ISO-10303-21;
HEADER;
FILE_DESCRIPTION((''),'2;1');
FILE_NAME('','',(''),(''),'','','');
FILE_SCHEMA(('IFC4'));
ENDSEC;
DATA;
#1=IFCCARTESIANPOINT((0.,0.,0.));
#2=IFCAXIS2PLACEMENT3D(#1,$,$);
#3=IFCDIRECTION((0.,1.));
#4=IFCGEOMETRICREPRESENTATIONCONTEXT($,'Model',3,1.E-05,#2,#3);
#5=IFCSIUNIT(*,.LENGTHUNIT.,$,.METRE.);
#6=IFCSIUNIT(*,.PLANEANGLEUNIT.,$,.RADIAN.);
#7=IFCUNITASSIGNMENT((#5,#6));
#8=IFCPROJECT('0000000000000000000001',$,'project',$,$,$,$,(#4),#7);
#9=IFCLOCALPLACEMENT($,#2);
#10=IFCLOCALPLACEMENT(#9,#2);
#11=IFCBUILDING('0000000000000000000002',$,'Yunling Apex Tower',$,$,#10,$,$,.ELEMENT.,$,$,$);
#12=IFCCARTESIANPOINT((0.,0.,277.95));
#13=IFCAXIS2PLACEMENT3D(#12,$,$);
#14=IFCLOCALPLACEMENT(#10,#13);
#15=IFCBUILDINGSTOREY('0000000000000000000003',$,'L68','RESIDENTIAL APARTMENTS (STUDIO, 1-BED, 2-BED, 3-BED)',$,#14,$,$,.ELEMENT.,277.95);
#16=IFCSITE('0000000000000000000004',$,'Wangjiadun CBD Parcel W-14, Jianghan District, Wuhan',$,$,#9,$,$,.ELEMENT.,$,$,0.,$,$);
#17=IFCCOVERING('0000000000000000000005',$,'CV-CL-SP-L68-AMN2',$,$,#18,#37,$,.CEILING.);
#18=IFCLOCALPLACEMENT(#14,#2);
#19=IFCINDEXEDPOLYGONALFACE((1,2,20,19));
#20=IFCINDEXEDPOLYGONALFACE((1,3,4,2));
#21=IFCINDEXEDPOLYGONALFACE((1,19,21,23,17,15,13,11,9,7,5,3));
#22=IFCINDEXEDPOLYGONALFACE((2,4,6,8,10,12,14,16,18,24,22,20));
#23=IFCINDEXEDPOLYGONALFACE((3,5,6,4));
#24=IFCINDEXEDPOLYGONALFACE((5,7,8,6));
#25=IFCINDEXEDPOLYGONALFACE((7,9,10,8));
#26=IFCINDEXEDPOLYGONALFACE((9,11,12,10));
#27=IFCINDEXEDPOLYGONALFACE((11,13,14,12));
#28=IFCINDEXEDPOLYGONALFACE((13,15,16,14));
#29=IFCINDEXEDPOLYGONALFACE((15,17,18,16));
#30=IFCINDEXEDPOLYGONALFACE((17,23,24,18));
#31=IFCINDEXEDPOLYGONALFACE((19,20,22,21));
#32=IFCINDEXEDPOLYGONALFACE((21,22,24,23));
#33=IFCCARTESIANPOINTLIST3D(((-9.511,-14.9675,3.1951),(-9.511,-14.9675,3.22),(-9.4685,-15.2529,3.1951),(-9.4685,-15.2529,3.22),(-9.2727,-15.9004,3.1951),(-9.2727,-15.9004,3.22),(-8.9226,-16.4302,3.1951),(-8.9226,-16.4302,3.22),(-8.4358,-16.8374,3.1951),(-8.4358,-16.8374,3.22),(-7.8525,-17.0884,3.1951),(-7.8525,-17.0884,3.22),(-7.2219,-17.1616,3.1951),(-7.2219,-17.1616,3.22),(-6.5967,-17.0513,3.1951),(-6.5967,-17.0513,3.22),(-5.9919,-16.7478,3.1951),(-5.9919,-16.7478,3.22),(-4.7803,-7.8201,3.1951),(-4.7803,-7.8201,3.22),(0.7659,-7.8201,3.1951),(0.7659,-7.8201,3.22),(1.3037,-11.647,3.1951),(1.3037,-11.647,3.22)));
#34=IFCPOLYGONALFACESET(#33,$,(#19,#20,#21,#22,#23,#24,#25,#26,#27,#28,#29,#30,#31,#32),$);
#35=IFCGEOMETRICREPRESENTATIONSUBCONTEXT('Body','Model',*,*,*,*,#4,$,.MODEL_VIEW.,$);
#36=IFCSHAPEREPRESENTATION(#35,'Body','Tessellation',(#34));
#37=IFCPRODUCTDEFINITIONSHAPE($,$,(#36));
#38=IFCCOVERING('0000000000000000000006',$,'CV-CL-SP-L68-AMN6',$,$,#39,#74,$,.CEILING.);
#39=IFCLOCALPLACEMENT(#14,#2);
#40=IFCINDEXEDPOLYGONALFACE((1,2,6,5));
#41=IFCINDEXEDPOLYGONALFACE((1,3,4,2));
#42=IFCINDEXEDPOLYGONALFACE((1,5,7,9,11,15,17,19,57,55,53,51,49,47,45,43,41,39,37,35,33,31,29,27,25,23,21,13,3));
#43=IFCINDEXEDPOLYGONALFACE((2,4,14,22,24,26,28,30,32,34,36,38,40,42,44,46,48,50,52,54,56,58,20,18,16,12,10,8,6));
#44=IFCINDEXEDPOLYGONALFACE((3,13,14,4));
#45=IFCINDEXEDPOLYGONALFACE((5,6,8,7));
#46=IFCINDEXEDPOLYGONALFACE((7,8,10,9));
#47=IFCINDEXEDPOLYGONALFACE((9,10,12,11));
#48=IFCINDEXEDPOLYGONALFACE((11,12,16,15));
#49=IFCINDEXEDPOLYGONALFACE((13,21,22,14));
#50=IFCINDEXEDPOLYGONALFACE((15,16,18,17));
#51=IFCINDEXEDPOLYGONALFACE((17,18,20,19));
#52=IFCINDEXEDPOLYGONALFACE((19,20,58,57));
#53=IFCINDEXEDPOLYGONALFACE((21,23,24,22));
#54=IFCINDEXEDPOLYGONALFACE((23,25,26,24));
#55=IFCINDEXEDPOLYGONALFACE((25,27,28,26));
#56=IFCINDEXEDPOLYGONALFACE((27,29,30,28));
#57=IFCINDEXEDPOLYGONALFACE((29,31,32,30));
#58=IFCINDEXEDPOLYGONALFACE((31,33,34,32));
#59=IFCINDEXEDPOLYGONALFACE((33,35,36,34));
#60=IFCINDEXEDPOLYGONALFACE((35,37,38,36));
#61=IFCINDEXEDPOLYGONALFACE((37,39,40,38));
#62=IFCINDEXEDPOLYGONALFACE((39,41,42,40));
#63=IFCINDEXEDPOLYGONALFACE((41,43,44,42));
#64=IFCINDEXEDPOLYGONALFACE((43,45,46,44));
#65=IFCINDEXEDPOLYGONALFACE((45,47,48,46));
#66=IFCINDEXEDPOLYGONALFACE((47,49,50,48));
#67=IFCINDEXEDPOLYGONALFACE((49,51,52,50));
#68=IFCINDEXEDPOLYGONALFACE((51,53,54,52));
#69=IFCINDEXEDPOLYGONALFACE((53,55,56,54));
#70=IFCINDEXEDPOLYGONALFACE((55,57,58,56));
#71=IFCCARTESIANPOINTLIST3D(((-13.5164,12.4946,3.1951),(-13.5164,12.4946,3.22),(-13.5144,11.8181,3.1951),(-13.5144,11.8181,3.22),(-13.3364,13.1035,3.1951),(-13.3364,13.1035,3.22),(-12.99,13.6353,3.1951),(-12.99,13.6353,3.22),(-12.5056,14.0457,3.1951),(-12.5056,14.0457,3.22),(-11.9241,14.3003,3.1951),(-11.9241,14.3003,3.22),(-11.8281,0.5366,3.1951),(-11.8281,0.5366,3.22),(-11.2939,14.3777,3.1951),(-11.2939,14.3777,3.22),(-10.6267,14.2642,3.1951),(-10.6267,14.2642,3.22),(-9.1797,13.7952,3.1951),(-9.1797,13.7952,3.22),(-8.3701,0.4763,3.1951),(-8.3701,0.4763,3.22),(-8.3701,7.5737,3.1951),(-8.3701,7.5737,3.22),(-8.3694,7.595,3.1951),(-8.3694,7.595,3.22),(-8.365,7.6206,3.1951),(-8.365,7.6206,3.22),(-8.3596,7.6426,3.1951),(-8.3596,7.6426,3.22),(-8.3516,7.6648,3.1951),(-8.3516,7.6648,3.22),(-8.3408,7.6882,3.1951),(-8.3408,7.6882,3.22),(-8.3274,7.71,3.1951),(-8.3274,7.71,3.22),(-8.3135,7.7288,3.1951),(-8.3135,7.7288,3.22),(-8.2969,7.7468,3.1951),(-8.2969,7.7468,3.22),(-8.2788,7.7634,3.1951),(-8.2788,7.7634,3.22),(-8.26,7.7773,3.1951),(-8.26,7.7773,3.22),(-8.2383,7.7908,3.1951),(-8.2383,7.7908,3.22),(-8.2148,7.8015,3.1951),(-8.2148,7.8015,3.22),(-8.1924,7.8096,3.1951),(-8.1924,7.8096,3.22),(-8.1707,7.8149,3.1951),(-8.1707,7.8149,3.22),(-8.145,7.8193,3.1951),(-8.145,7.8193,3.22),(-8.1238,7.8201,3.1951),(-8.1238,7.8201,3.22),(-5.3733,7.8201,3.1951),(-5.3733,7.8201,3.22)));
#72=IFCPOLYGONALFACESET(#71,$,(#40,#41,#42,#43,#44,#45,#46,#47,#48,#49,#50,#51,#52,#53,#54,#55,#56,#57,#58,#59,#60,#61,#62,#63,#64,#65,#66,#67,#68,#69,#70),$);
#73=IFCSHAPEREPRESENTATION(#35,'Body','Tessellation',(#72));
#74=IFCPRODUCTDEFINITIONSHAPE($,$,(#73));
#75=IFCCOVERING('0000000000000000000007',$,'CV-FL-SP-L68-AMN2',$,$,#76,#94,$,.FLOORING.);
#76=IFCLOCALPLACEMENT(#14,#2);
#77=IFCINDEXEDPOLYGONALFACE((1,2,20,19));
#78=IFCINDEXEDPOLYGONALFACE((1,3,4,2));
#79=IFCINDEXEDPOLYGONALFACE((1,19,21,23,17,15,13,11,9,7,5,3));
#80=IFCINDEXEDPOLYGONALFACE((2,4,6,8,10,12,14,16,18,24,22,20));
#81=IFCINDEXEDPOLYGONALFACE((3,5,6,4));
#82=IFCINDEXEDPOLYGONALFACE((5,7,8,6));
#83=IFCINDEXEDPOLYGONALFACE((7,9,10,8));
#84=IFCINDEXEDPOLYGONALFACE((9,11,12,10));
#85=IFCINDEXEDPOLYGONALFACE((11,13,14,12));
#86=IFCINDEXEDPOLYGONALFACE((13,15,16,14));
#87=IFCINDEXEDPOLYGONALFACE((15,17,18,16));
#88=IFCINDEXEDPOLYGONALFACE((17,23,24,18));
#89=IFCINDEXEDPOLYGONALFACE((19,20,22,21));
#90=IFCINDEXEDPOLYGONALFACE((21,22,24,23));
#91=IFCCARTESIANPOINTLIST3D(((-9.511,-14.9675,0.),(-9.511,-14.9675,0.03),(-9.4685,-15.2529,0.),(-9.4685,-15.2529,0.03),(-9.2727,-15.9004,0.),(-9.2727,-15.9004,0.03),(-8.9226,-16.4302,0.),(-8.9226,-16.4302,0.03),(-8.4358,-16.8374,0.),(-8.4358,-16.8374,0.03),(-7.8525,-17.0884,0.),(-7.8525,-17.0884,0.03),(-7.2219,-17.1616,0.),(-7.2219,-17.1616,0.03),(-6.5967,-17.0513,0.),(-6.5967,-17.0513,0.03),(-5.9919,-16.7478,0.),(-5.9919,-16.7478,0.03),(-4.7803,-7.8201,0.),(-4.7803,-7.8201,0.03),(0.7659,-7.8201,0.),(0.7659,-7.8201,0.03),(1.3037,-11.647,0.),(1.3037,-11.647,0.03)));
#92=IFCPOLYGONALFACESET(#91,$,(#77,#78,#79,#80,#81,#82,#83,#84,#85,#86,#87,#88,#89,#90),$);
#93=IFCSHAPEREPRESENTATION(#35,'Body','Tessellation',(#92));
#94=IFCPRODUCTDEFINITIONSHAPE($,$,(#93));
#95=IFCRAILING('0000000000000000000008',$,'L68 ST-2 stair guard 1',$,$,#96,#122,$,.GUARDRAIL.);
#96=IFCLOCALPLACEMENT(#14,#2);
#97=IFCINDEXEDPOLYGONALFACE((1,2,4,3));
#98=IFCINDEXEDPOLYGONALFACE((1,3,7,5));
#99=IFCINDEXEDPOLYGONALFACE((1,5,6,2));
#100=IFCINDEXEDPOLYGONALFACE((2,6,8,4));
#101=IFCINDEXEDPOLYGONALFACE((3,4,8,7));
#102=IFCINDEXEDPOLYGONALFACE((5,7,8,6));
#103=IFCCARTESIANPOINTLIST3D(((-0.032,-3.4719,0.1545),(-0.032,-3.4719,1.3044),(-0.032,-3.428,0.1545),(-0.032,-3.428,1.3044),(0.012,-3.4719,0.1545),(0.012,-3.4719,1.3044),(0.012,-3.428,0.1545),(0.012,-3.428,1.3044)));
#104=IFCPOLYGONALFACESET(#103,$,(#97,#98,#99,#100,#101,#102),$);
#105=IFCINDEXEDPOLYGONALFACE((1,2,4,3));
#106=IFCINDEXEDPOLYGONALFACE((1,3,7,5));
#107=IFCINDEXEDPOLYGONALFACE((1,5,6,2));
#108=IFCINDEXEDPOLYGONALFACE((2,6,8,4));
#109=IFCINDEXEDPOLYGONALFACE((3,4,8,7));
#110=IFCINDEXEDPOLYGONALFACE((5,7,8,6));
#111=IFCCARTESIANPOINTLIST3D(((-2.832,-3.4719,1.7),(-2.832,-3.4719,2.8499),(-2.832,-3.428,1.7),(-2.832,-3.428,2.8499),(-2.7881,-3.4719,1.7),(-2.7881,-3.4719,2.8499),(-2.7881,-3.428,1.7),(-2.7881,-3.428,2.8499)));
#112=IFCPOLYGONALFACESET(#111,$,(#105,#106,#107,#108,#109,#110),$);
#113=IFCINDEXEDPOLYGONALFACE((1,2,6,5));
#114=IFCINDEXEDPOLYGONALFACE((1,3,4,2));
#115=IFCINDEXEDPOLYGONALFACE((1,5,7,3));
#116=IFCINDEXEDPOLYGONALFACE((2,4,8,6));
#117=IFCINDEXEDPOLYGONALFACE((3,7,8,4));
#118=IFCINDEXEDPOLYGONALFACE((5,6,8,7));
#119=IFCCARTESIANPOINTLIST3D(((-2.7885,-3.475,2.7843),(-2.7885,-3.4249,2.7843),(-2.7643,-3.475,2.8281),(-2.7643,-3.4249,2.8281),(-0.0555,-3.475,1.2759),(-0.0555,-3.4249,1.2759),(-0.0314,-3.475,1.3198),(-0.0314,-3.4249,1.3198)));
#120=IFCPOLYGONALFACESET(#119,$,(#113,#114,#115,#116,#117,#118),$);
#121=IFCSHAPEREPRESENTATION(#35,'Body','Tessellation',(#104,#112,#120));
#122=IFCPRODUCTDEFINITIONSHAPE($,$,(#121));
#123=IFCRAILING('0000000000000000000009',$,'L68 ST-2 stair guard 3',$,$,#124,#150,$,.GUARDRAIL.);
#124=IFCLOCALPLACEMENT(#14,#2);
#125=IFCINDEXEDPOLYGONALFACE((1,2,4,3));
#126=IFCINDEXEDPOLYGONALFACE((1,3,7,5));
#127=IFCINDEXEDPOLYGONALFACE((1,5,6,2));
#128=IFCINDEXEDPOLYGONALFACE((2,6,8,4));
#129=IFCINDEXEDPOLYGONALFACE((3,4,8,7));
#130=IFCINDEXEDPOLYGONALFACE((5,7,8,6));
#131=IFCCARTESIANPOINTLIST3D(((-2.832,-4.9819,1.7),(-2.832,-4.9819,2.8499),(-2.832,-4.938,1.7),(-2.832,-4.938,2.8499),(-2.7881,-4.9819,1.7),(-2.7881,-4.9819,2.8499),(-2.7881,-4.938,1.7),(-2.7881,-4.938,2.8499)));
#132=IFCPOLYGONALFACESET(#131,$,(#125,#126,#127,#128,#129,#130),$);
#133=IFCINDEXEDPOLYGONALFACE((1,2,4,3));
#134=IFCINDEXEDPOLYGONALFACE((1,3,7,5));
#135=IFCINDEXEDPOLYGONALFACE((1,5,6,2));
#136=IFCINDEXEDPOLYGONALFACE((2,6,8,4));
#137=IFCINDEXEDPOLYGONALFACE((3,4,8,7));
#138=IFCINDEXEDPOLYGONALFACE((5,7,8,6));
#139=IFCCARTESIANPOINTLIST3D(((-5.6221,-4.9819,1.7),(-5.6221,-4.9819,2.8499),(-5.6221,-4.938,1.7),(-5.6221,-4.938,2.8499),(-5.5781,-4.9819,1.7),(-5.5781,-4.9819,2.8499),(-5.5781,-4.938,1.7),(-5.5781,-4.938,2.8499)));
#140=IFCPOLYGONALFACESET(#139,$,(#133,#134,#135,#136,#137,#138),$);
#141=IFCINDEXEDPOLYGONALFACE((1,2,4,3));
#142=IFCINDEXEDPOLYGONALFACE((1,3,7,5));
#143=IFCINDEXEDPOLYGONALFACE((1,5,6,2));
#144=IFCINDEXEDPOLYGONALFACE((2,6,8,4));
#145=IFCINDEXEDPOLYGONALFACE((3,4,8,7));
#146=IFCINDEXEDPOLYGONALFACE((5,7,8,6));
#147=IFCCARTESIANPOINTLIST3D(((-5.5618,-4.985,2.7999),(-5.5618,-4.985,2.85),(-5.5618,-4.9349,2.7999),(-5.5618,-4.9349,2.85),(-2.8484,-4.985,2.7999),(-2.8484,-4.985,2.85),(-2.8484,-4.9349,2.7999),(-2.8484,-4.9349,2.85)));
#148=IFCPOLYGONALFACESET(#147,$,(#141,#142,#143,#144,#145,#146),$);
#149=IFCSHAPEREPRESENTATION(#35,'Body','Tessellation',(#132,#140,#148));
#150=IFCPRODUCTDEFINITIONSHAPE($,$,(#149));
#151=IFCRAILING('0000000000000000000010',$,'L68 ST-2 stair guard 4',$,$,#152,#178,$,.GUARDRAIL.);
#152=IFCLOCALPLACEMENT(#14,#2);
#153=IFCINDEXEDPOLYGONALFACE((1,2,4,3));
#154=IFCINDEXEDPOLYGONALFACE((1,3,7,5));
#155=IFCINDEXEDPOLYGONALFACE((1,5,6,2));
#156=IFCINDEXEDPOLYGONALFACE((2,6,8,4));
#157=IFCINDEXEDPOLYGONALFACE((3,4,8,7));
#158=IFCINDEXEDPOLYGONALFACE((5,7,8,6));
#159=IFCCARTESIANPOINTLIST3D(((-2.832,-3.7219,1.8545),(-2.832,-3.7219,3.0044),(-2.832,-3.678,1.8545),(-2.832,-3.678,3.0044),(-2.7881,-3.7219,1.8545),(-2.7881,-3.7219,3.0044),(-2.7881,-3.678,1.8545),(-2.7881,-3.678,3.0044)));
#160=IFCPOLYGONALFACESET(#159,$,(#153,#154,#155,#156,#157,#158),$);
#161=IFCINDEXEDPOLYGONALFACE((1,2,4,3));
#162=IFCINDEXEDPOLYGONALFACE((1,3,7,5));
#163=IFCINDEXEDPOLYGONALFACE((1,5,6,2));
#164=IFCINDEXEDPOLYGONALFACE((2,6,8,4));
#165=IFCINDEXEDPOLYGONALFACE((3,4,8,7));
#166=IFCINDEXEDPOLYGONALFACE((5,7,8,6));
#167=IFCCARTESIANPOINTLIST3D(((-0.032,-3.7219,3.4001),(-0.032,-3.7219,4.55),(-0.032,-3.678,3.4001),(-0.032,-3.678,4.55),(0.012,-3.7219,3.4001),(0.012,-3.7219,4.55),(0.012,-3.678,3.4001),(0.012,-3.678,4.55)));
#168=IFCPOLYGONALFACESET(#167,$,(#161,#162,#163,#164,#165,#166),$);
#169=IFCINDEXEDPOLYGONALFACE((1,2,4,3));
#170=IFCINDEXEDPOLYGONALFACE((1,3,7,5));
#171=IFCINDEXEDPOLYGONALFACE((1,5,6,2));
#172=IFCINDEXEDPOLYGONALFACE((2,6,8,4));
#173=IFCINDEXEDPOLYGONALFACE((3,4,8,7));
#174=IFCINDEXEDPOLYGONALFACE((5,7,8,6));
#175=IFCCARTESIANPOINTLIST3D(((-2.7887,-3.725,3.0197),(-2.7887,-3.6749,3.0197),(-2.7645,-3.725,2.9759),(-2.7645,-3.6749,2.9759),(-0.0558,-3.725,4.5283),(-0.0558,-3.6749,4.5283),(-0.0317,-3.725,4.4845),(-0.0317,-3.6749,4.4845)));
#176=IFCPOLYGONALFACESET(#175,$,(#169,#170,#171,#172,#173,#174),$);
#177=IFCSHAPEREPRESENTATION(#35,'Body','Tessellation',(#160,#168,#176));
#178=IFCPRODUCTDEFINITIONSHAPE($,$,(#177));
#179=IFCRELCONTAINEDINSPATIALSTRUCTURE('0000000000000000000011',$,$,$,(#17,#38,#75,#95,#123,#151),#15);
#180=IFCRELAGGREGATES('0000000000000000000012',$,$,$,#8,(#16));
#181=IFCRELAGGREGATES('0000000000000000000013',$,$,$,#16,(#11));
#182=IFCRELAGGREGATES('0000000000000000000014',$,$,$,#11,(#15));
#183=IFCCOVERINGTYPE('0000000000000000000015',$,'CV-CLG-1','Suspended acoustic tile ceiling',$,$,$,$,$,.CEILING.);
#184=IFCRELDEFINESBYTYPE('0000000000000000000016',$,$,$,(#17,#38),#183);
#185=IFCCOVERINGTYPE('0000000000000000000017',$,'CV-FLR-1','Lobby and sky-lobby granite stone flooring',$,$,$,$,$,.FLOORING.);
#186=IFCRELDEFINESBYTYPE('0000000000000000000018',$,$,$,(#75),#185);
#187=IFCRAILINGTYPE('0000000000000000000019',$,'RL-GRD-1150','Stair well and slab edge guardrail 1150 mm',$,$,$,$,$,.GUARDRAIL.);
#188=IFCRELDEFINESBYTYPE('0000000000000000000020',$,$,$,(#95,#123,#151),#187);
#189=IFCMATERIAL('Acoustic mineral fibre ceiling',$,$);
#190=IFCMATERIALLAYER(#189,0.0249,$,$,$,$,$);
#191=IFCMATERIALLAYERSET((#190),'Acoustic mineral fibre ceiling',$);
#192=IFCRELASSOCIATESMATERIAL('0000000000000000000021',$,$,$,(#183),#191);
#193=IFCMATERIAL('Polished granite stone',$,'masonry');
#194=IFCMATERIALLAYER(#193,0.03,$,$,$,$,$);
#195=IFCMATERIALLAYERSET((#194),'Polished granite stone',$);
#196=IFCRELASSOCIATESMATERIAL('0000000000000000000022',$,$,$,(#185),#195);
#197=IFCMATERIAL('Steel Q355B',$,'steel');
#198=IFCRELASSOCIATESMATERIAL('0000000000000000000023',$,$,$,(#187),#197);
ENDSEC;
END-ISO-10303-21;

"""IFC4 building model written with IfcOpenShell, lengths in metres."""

from ifc_helpers import new_model, si_unit, direction, frame, origin, origin_2d, place, context, subcontext, project, spatial, polyline, rectangle, outline, extrude, material, layer, layer_set, type_object, element, save


model = new_model("IFC4")

# Units and contexts
model_context = context("Model", 3, precision=1e-05, world=origin(), true_north=direction((0.0, 1.0)))
body_context = subcontext(model_context, "Body", "Model", "MODEL_VIEW")
ifc_project = project(units=[si_unit("LENGTHUNIT", "METRE"), si_unit("PLANEANGLEUNIT", "RADIAN")], contexts=[model_context])

# Site, building, storey
site_placement = place(None, origin())
site = spatial("IfcSite", under=ifc_project, at=site_placement, Name="Wangjiadun CBD Parcel W-14, Jianghan District, Wuhan", CompositionType="ELEMENT", RefElevation=0.0)
building_placement = place(site_placement, origin())
building = spatial("IfcBuilding", under=site, at=building_placement, Name="Yunling Apex Tower", CompositionType="ELEMENT")
storey_placement = place(building_placement, frame((0.0, 0.0, 277.95)))
storey = spatial("IfcBuildingStorey", under=building, at=storey_placement, Name="L68", Description="RESIDENTIAL APARTMENTS (STUDIO, 1-BED, 2-BED, 3-BED)", CompositionType="ELEMENT", Elevation=277.95)

# Shared definitions
ifc_material_1 = material(Name="Steel Q355B", Category="steel")

# Coverings
ifc_material_2 = material(Name="Acoustic mineral fibre ceiling")
ifc_layer_1 = layer(ifc_material_2, 0.0249)
ifc_layer_set_1 = layer_set([ifc_layer_1], Name="Acoustic mineral fibre ceiling")
covering_type_1 = type_object("IfcCoveringType", Name="CV-CLG-1", Description="Suspended acoustic tile ceiling", PredefinedType="CEILING", material=ifc_layer_set_1)
covering_1_placement = place(storey_placement, frame((0.0, 0.0, 3.1951)))
element("IfcCovering", 1, at=covering_1_placement, inside=storey, type_object=covering_type_1, Name="CV-CL-SP-L68-AMN2", PredefinedType="CEILING", context=body_context, shape_type="SweptSolid", body=[
    extrude(outline(polyline([(1.3037, -11.647), (-5.9919, -16.7478), (-6.5967, -17.0513), (-7.2219, -17.1616), (-7.8525, -17.0884), (-8.4358, -16.8374), (-8.9226, -16.4302), (-9.2727, -15.9004), (-9.4685, -15.2529), (-9.511, -14.9675), (-4.7803, -7.8201), (0.7659, -7.8201), (1.3037, -11.647)])), origin(), (0.0, 0.0, 1.0), 0.0249),
])
covering_2_placement = place(storey_placement, frame((0.0, 0.0, 3.1951)))
element("IfcCovering", 2, at=covering_2_placement, inside=storey, type_object=covering_type_1, Name="CV-CL-SP-L68-AMN6", PredefinedType="CEILING", context=body_context, shape_type="SweptSolid", body=[
    extrude(outline(polyline([(-13.5164, 12.4946), (-13.3364, 13.1035), (-12.99, 13.6353), (-12.5056, 14.0457), (-11.9241, 14.3003), (-11.2939, 14.3777), (-10.6267, 14.2642), (-9.1797, 13.7952), (-5.3733, 7.8201), (-8.1238, 7.8201), (-8.145, 7.8193), (-8.1707, 7.8149), (-8.1924, 7.8096), (-8.2148, 7.8015), (-8.2383, 7.7908), (-8.26, 7.7773), (-8.2788, 7.7634), (-8.2969, 7.7468), (-8.3135, 7.7288), (-8.3274, 7.71), (-8.3408, 7.6882), (-8.3516, 7.6648), (-8.3596, 7.6426), (-8.365, 7.6206), (-8.3694, 7.595), (-8.3701, 7.5737), (-8.3701, 0.4763), (-11.8281, 0.5366), (-13.5144, 11.8181), (-13.5164, 12.4946)])), origin(), (0.0, 0.0, 1.0), 0.0249),
])
ifc_material_3 = material(Name="Polished granite stone", Category="masonry")
ifc_layer_2 = layer(ifc_material_3, 0.03)
ifc_layer_set_2 = layer_set([ifc_layer_2], Name="Polished granite stone")
covering_type_2 = type_object("IfcCoveringType", Name="CV-FLR-1", Description="Lobby and sky-lobby granite stone flooring", PredefinedType="FLOORING", material=ifc_layer_set_2)
covering_3_placement = place(storey_placement, origin())
element("IfcCovering", 3, at=covering_3_placement, inside=storey, type_object=covering_type_2, Name="CV-FL-SP-L68-AMN2", PredefinedType="FLOORING", context=body_context, shape_type="SweptSolid", body=[
    extrude(outline(polyline([(1.3037, -11.647), (-5.9919, -16.7478), (-6.5967, -17.0513), (-7.2219, -17.1616), (-7.8525, -17.0884), (-8.4358, -16.8374), (-8.9226, -16.4302), (-9.2727, -15.9004), (-9.4685, -15.2529), (-9.511, -14.9675), (-4.7803, -7.8201), (0.7659, -7.8201), (1.3037, -11.647)])), origin(), (0.0, 0.0, 1.0), 0.03),
])

# Railings
railing_type_1 = type_object("IfcRailingType", Name="RL-GRD-1150", Description="Stair well and slab edge guardrail 1150 mm", PredefinedType="GUARDRAIL", material=ifc_material_1)
railing_1_placement = place(storey_placement, frame((-0.01, -3.45, 0.1545)))
element("IfcRailing", 4, at=railing_1_placement, inside=storey, type_object=railing_type_1, Name="L68 ST-2 stair guard 1", PredefinedType="GUARDRAIL", context=body_context, shape_type="SweptSolid", body=[
    extrude(rectangle(XDim=0.0439, YDim=0.0439, at=origin_2d()), origin(), (0.0, 0.0, 1.0), 1.1499),
    extrude(rectangle(XDim=0.0439, YDim=0.0439, at=origin_2d()), frame((-2.8, 0.0, 1.5454)), (0.0, 0.0, 1.0), 1.1499),
    extrude(rectangle(XDim=0.05, YDim=0.05, at=origin_2d()), frame((-0.0334, 0.0, 1.1433), z_axis=(-0.875504, 0.0, 0.483211), x_axis=(0.0, -1.0, 0.0)), (0.0, 0.0, 1.0), 3.1216),
])
railing_2_placement = place(storey_placement, frame((-2.8101, -4.96, 1.7)))
element("IfcRailing", 5, at=railing_2_placement, inside=storey, type_object=railing_type_1, Name="L68 ST-2 stair guard 3", PredefinedType="GUARDRAIL", context=body_context, shape_type="SweptSolid", body=[
    extrude(rectangle(XDim=0.0439, YDim=0.0439, at=origin_2d()), origin(), (0.0, 0.0, 1.0), 1.1499),
    extrude(rectangle(XDim=0.0439, YDim=0.0439, at=origin_2d()), frame((-2.79, 0.0, 0.0)), (0.0, 0.0, 1.0), 1.1499),
    extrude(rectangle(XDim=0.05, YDim=0.05, at=origin_2d()), frame((-0.0383, 0.0, 1.125), z_axis=(-1.0, 0.0, 0.0), x_axis=(0.0, -1.0, 0.0)), (0.0, 0.0, 1.0), 2.7134),
])
railing_3_placement = place(storey_placement, frame((-2.8101, -3.7, 1.8545)))
element("IfcRailing", 6, at=railing_3_placement, inside=storey, type_object=railing_type_1, Name="L68 ST-2 stair guard 4", PredefinedType="GUARDRAIL", context=body_context, shape_type="SweptSolid", body=[
    extrude(rectangle(XDim=0.0439, YDim=0.0439, at=origin_2d()), origin(), (0.0, 0.0, 1.0), 1.1499),
    extrude(rectangle(XDim=0.0439, YDim=0.0439, at=origin_2d()), frame((2.8, 0.0, 1.5457)), (0.0, 0.0, 1.0), 1.1499),
    extrude(rectangle(XDim=0.05, YDim=0.05, at=origin_2d()), frame((0.0334, 0.0, 1.1433), z_axis=(0.875472, 0.0, 0.483269), x_axis=(0.0, 1.0, 0.0)), (0.0, 0.0, 1.0), 3.1216),
])

save(model, "model.ifc")
